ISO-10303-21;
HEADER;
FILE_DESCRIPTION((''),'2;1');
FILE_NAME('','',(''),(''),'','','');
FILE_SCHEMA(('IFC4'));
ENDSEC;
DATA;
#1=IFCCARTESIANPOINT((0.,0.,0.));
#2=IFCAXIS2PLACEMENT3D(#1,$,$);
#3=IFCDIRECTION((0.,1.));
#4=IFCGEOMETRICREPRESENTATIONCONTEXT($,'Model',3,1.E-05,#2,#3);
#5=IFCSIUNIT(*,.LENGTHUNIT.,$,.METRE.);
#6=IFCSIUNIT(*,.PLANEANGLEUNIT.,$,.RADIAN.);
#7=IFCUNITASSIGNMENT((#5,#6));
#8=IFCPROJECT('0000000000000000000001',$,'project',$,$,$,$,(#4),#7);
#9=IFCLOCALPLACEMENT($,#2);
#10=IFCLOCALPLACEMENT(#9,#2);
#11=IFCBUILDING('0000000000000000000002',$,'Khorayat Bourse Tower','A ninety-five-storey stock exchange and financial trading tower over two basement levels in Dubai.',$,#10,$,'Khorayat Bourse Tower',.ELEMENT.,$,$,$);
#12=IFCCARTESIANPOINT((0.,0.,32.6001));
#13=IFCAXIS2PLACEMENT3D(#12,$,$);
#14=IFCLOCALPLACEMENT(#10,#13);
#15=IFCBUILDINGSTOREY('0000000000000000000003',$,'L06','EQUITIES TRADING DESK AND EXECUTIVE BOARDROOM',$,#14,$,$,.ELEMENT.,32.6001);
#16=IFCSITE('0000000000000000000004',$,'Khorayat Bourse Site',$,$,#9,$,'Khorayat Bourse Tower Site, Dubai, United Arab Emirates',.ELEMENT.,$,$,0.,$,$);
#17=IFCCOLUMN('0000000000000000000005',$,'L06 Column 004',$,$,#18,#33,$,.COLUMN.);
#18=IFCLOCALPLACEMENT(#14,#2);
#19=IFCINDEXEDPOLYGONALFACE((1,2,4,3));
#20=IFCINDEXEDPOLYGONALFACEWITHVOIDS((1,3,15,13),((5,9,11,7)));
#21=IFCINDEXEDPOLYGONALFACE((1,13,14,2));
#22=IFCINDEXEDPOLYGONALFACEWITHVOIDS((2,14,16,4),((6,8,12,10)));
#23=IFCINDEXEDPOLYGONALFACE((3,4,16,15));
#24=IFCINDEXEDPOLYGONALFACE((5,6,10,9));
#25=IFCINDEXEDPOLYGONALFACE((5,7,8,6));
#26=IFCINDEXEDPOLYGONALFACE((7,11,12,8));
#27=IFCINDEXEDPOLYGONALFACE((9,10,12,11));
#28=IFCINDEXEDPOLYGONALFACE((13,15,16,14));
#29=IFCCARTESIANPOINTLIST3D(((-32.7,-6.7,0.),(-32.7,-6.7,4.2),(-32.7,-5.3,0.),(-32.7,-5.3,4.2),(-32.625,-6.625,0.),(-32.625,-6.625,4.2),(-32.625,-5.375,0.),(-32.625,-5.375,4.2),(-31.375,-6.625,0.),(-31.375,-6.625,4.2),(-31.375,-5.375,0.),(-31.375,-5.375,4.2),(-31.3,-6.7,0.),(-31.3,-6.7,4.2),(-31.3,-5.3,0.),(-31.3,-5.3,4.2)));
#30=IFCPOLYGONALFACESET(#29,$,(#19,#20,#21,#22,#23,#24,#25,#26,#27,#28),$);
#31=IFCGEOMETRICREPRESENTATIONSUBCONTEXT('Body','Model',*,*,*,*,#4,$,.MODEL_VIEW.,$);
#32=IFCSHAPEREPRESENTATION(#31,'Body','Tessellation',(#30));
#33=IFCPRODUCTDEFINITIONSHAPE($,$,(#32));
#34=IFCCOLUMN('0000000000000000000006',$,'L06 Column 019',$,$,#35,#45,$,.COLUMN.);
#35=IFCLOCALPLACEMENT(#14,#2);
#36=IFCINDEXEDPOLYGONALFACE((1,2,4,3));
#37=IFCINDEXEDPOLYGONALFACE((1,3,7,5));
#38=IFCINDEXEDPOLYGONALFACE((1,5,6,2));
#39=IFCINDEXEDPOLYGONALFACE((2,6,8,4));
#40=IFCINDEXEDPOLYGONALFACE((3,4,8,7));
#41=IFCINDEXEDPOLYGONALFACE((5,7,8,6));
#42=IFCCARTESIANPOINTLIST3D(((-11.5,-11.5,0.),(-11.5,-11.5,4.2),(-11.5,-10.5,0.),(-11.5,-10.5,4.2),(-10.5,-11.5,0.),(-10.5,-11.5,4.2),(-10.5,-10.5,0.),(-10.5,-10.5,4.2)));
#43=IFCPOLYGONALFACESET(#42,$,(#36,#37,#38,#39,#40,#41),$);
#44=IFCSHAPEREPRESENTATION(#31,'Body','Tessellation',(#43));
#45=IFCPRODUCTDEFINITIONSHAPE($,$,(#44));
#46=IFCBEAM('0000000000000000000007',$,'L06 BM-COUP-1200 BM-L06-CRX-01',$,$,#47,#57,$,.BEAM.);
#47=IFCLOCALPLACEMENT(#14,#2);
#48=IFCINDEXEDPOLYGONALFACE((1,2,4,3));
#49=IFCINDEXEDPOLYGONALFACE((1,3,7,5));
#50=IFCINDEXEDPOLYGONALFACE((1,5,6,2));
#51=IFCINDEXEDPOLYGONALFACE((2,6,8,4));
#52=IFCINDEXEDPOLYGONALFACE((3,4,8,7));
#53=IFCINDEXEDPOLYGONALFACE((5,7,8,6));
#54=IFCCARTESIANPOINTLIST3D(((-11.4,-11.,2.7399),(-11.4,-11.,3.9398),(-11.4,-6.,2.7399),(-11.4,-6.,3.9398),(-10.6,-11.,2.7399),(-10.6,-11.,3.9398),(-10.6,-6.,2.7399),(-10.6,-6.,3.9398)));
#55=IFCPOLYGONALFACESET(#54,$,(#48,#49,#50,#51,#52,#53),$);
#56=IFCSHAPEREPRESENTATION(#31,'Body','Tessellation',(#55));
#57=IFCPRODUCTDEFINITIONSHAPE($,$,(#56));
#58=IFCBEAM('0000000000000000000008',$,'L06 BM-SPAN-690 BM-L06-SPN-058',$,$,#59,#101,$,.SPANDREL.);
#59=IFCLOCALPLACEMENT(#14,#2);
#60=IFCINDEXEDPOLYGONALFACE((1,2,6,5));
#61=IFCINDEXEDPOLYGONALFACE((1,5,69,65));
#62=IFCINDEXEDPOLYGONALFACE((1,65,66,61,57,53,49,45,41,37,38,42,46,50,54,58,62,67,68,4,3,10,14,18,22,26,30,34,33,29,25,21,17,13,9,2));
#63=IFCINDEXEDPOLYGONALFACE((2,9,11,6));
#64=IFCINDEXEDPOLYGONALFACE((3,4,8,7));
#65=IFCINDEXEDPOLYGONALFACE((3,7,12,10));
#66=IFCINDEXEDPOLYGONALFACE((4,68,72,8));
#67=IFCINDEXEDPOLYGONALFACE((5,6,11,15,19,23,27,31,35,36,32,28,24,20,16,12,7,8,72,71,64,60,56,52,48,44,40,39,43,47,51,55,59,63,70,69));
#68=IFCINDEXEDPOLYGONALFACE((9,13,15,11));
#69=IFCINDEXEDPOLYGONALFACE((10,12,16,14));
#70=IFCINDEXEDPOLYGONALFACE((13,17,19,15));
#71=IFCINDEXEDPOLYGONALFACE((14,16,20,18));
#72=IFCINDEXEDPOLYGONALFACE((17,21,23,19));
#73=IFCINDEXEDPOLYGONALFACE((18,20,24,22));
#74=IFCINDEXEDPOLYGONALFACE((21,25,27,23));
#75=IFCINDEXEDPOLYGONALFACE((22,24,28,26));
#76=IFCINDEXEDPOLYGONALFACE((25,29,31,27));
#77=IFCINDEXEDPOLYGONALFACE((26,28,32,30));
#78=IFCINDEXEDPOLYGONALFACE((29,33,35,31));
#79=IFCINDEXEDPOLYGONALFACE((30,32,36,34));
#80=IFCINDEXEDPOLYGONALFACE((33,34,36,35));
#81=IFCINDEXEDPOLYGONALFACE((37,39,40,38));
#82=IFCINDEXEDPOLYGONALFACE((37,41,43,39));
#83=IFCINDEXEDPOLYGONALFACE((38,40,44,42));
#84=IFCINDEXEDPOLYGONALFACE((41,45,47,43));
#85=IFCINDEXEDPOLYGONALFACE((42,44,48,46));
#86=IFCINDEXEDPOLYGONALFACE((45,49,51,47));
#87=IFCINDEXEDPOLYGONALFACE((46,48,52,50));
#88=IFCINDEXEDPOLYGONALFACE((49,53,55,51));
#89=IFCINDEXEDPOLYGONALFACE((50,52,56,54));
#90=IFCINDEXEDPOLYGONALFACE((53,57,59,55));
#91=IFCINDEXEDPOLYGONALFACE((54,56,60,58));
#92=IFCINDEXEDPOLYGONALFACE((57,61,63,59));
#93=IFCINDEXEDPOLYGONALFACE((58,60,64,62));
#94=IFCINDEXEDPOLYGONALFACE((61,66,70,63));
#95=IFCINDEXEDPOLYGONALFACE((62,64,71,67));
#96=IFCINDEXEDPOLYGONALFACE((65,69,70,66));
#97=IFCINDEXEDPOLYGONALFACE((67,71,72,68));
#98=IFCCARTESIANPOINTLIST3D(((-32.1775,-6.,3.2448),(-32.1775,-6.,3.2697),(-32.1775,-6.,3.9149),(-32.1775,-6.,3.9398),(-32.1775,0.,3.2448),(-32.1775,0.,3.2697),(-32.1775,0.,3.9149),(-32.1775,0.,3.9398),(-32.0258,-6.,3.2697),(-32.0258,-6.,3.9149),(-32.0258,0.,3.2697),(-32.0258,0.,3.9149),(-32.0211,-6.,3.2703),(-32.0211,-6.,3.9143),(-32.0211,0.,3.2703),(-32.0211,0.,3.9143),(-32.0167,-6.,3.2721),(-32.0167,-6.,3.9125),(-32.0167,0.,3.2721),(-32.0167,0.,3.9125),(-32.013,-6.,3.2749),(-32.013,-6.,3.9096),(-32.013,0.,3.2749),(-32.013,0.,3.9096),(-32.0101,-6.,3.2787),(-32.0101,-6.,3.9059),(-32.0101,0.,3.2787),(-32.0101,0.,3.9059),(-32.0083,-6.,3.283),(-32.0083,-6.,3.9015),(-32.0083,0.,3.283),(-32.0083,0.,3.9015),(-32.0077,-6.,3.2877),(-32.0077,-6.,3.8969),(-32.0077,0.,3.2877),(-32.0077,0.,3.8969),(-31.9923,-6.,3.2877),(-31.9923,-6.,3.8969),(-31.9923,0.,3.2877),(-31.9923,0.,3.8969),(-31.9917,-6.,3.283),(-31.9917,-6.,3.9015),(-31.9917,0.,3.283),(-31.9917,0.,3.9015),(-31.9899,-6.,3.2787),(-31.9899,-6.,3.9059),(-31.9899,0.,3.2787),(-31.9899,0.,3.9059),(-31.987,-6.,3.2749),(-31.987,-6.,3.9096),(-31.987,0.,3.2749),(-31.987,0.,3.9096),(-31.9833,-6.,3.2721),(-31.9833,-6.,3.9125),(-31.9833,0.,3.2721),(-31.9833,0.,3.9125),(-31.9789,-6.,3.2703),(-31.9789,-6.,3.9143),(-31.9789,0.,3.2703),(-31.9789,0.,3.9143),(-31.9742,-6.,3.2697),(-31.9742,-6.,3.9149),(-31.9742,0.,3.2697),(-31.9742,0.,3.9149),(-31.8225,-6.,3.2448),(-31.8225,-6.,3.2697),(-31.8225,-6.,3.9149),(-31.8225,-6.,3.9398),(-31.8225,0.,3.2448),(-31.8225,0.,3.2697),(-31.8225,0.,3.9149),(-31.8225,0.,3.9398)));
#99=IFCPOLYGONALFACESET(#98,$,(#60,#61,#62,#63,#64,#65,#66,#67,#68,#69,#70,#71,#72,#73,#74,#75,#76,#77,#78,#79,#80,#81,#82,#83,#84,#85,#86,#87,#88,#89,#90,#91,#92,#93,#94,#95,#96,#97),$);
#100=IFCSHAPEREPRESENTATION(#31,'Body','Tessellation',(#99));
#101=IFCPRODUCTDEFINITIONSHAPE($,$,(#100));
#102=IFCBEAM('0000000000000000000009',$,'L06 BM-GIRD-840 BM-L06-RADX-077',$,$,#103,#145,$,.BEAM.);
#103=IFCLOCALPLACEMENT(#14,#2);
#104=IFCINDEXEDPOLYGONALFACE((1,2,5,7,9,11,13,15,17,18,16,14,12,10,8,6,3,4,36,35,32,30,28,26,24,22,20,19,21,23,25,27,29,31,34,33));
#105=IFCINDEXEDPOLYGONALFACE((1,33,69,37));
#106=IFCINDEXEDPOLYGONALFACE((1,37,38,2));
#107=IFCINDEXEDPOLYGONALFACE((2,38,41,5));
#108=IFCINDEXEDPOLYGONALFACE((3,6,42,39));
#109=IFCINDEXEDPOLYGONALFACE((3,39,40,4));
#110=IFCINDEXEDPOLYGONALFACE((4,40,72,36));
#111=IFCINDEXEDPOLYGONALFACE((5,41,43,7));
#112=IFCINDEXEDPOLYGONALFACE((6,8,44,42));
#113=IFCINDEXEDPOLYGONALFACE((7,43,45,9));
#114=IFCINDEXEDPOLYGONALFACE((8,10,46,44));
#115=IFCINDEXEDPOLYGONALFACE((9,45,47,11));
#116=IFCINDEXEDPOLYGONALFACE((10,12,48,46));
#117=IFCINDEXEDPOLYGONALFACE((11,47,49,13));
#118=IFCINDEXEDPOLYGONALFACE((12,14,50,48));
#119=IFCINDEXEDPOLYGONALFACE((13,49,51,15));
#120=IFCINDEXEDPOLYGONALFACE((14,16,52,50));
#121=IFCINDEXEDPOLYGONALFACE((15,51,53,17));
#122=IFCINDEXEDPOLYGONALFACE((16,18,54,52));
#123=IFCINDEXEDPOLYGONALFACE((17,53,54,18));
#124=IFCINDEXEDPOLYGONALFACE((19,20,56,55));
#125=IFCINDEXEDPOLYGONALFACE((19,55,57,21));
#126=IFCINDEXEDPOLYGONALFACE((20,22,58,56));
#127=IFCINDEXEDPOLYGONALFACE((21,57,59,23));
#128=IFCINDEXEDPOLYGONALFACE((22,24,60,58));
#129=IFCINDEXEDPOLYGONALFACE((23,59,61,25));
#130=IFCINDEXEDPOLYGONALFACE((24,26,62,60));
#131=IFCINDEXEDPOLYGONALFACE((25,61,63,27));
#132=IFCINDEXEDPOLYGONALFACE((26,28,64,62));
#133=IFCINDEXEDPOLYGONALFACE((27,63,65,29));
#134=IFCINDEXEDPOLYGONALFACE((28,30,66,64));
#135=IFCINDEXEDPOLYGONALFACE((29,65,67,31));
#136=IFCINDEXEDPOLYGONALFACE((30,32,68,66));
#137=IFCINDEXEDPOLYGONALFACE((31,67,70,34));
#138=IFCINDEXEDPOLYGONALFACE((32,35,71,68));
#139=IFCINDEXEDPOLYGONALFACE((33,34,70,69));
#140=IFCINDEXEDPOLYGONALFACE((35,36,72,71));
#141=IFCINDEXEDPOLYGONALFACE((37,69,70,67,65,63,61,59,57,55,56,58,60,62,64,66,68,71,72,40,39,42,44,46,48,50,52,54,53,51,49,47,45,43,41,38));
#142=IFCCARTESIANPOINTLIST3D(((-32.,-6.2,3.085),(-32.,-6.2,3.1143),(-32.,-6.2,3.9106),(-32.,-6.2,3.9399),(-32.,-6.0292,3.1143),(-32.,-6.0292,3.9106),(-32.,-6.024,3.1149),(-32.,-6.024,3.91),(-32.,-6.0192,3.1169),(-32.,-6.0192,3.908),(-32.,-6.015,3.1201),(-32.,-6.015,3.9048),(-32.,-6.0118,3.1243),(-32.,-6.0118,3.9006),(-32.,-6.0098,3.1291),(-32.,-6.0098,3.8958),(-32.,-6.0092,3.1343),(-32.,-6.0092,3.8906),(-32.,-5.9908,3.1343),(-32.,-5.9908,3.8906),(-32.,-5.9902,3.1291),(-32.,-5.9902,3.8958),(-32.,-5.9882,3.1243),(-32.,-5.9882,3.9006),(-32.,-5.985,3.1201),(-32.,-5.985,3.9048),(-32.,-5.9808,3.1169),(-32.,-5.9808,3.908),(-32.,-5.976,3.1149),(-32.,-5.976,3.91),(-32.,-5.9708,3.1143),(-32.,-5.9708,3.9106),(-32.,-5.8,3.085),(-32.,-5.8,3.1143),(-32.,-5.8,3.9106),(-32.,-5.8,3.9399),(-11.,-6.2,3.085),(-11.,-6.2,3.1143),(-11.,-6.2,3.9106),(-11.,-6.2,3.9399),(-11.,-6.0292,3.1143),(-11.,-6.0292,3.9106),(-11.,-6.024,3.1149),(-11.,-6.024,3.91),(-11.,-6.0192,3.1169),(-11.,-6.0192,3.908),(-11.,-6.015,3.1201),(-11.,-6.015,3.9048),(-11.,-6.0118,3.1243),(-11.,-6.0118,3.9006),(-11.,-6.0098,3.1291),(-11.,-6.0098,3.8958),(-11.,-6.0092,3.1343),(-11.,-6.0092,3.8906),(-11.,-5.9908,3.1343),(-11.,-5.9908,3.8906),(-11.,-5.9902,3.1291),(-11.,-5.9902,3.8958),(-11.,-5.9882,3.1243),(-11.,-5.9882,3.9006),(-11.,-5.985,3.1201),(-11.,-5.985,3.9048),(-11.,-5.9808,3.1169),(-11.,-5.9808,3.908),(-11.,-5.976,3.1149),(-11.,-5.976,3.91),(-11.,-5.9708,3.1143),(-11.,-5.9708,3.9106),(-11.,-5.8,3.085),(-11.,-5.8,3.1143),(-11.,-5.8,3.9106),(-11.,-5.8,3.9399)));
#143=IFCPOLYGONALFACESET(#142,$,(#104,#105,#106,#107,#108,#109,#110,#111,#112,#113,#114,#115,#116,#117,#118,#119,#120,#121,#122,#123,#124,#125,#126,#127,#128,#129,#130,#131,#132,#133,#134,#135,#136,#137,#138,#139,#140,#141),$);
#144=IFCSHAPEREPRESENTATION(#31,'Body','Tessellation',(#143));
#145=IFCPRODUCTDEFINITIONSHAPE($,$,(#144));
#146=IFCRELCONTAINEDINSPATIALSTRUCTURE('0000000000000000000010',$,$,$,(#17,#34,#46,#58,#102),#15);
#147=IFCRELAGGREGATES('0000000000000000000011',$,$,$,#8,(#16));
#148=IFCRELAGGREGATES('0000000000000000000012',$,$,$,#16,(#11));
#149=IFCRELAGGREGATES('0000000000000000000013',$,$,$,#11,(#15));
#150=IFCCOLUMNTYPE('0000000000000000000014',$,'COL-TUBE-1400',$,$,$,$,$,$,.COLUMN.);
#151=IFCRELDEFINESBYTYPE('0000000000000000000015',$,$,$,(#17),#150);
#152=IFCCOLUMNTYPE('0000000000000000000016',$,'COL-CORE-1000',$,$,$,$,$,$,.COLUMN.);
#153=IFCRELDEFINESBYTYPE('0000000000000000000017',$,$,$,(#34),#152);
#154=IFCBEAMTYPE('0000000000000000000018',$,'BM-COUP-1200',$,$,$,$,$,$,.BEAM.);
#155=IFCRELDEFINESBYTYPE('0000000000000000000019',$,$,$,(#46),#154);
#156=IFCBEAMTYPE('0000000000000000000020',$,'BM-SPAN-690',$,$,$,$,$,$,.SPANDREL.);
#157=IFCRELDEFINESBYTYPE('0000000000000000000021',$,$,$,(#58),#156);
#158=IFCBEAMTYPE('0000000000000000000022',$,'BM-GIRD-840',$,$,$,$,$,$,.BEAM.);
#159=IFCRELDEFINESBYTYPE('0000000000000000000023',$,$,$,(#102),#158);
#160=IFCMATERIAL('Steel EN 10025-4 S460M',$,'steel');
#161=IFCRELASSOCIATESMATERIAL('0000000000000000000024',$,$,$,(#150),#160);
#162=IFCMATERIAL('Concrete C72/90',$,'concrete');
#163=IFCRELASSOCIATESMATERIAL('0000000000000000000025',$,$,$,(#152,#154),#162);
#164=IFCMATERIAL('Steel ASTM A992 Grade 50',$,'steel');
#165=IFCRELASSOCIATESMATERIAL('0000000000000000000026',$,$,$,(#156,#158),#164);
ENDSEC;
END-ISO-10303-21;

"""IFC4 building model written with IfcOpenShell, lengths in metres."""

from ifc_helpers import new_model, si_unit, direction, frame, origin, origin_2d, place, context, subcontext, project, spatial, rectangle, hollow_rectangle, i_section, extrude, source, transform, mapped, material, material_profile, profile_set, type_object, element, save


model = new_model("IFC4")

# Units and contexts
model_context = context("Model", 3, precision=1e-05, world=origin(), true_north=direction((0.0, 1.0)))
body_context = subcontext(model_context, "Body", "Model", "MODEL_VIEW")
ifc_project = project(units=[si_unit("LENGTHUNIT", "METRE"), si_unit("PLANEANGLEUNIT", "RADIAN")], contexts=[model_context])

# Site, building, storey
site_placement = place(None, origin())
site = spatial("IfcSite", under=ifc_project, at=site_placement, Name="Khorayat Bourse Site", LongName="Khorayat Bourse Tower Site, Dubai, United Arab Emirates", CompositionType="ELEMENT", RefElevation=0.0)
building_placement = place(site_placement, origin())
building = spatial("IfcBuilding", under=site, at=building_placement, Name="Khorayat Bourse Tower", Description="A ninety-five-storey stock exchange and financial trading tower over two basement levels in Dubai.", LongName="Khorayat Bourse Tower", CompositionType="ELEMENT")
storey_placement = place(building_placement, frame((0.0, 0.0, 32.6001)))
storey = spatial("IfcBuildingStorey", under=building, at=storey_placement, Name="L06", Description="EQUITIES TRADING DESK AND EXECUTIVE BOARDROOM", CompositionType="ELEMENT", Elevation=32.6001)

# Columns
ifc_material_1 = material(Name="Steel EN 10025-4 S460M", Category="steel")
ifc_material_profile_1 = material_profile(ifc_material_1, hollow_rectangle(XDim=1.3999, YDim=1.3999, WallThickness=0.075, at=origin_2d()), Name="BOX 1400x1400x75")
ifc_profile_set_1 = profile_set([ifc_material_profile_1], Name="Steel EN 10025-4 S460M")
column_type_1 = type_object("IfcColumnType", Name="COL-TUBE-1400", PredefinedType="COLUMN", material=ifc_profile_set_1)
shared_shape_1 = source(origin(), body_context, "Body", "SweptSolid", [
    extrude(hollow_rectangle(XDim=1.3999, YDim=1.3999, WallThickness=0.075, at=origin_2d()), origin(), (0.0, 0.0, 1.0), 4.2),
])
column_1_placement = place(storey_placement, frame((-32.0, -6.0, 0.0), z_axis=(0.0, 0.0, 1.0), x_axis=(1.0, 0.0, 0.0)))
element("IfcColumn", 1, at=column_1_placement, inside=storey, type_object=column_type_1, Name="L06 Column 004", PredefinedType="COLUMN", context=body_context, shape_type="MappedRepresentation", body=[
    mapped(shared_shape_1, transform((0.0, 0.0, 0.0), scale=1.0)),
])
ifc_material_2 = material(Name="Concrete C72/90", Category="concrete")
ifc_material_profile_2 = material_profile(ifc_material_2, rectangle(XDim=1.0, YDim=1.0, at=origin_2d()), Name="RC 1000x1000")
ifc_profile_set_2 = profile_set([ifc_material_profile_2], Name="Concrete C72/90")
column_type_2 = type_object("IfcColumnType", Name="COL-CORE-1000", PredefinedType="COLUMN", material=ifc_profile_set_2)
shared_shape_2 = source(origin(), body_context, "Body", "SweptSolid", [
    extrude(rectangle(XDim=1.0, YDim=1.0, at=origin_2d()), origin(), (0.0, 0.0, 1.0), 4.2),
])
column_2_placement = place(storey_placement, frame((-11.0, -11.0, 0.0), z_axis=(0.0, 0.0, 1.0), x_axis=(1.0, 0.0, 0.0)))
element("IfcColumn", 2, at=column_2_placement, inside=storey, type_object=column_type_2, Name="L06 Column 019", PredefinedType="COLUMN", context=body_context, shape_type="MappedRepresentation", body=[
    mapped(shared_shape_2, transform((0.0, 0.0, 0.0), scale=1.0)),
])

# Beams
ifc_material_profile_3 = material_profile(ifc_material_2, rectangle(XDim=0.8, YDim=1.2, at=origin_2d()), Name="RC 800x1200")
ifc_profile_set_3 = profile_set([ifc_material_profile_3], Name="Concrete C72/90")
beam_type_1 = type_object("IfcBeamType", Name="BM-COUP-1200", PredefinedType="BEAM", material=ifc_profile_set_3)
shared_shape_3 = source(origin(), body_context, "Body", "SweptSolid", [
    extrude(rectangle(XDim=0.8, YDim=1.2, at=origin_2d()), origin(), (0.0, 0.0, 1.0), 5.0),
])
beam_1_placement = place(storey_placement, frame((-11.0, -11.0, 3.3398), z_axis=(0.0, 1.0, 0.0), x_axis=(-1.0, 0.0, 0.0)))
element("IfcBeam", 3, at=beam_1_placement, inside=storey, type_object=beam_type_1, Name="L06 BM-COUP-1200 BM-L06-CRX-01", PredefinedType="BEAM", context=body_context, shape_type="MappedRepresentation", body=[
    mapped(shared_shape_3, transform((0.0, 0.0, 0.0), scale=1.0)),
])
ifc_material_3 = material(Name="Steel ASTM A992 Grade 50", Category="steel")
ifc_material_profile_4 = material_profile(ifc_material_3, i_section(OverallWidth=0.355, OverallDepth=0.6951, WebThickness=0.0154, FlangeThickness=0.0249, FilletRadius=0.0181, at=origin_2d()), Name="W690X217")
ifc_profile_set_4 = profile_set([ifc_material_profile_4], Name="Steel ASTM A992 Grade 50")
beam_type_2 = type_object("IfcBeamType", Name="BM-SPAN-690", PredefinedType="SPANDREL", material=ifc_profile_set_4)
shared_shape_4 = source(origin(), body_context, "Body", "SweptSolid", [
    extrude(i_section(OverallWidth=0.355, OverallDepth=0.6951, WebThickness=0.0154, FlangeThickness=0.0249, FilletRadius=0.0181, at=origin_2d()), origin(), (0.0, 0.0, 1.0), 6.0),
])
beam_2_placement = place(storey_placement, frame((-32.0, -6.0, 3.5923), z_axis=(0.0, 1.0, 0.0), x_axis=(-1.0, 0.0, 0.0)))
element("IfcBeam", 4, at=beam_2_placement, inside=storey, type_object=beam_type_2, Name="L06 BM-SPAN-690 BM-L06-SPN-058", PredefinedType="SPANDREL", context=body_context, shape_type="MappedRepresentation", body=[
    mapped(shared_shape_4, transform((0.0, 0.0, 0.0), scale=1.0)),
])
ifc_material_profile_5 = material_profile(ifc_material_3, i_section(OverallWidth=0.3999, OverallDepth=0.855, WebThickness=0.0183, FlangeThickness=0.0293, FilletRadius=0.02, at=origin_2d()), Name="W840X299")
ifc_profile_set_5 = profile_set([ifc_material_profile_5], Name="Steel ASTM A992 Grade 50")
beam_type_3 = type_object("IfcBeamType", Name="BM-GIRD-840", PredefinedType="BEAM", material=ifc_profile_set_5)
shared_shape_5 = source(origin(), body_context, "Body", "SweptSolid", [
    extrude(i_section(OverallWidth=0.3999, OverallDepth=0.855, WebThickness=0.0183, FlangeThickness=0.0293, FilletRadius=0.02, at=origin_2d()), origin(), (0.0, 0.0, 1.0), 21.0),
])
beam_3_placement = place(storey_placement, frame((-32.0, -6.0, 3.5125), z_axis=(1.0, 0.0, 0.0), x_axis=(0.0, 1.0, 0.0)))
element("IfcBeam", 5, at=beam_3_placement, inside=storey, type_object=beam_type_3, Name="L06 BM-GIRD-840 BM-L06-RADX-077", PredefinedType="BEAM", context=body_context, shape_type="MappedRepresentation", body=[
    mapped(shared_shape_5, transform((0.0, 0.0, 0.0), scale=1.0)),
])

save(model, "model.ifc")
